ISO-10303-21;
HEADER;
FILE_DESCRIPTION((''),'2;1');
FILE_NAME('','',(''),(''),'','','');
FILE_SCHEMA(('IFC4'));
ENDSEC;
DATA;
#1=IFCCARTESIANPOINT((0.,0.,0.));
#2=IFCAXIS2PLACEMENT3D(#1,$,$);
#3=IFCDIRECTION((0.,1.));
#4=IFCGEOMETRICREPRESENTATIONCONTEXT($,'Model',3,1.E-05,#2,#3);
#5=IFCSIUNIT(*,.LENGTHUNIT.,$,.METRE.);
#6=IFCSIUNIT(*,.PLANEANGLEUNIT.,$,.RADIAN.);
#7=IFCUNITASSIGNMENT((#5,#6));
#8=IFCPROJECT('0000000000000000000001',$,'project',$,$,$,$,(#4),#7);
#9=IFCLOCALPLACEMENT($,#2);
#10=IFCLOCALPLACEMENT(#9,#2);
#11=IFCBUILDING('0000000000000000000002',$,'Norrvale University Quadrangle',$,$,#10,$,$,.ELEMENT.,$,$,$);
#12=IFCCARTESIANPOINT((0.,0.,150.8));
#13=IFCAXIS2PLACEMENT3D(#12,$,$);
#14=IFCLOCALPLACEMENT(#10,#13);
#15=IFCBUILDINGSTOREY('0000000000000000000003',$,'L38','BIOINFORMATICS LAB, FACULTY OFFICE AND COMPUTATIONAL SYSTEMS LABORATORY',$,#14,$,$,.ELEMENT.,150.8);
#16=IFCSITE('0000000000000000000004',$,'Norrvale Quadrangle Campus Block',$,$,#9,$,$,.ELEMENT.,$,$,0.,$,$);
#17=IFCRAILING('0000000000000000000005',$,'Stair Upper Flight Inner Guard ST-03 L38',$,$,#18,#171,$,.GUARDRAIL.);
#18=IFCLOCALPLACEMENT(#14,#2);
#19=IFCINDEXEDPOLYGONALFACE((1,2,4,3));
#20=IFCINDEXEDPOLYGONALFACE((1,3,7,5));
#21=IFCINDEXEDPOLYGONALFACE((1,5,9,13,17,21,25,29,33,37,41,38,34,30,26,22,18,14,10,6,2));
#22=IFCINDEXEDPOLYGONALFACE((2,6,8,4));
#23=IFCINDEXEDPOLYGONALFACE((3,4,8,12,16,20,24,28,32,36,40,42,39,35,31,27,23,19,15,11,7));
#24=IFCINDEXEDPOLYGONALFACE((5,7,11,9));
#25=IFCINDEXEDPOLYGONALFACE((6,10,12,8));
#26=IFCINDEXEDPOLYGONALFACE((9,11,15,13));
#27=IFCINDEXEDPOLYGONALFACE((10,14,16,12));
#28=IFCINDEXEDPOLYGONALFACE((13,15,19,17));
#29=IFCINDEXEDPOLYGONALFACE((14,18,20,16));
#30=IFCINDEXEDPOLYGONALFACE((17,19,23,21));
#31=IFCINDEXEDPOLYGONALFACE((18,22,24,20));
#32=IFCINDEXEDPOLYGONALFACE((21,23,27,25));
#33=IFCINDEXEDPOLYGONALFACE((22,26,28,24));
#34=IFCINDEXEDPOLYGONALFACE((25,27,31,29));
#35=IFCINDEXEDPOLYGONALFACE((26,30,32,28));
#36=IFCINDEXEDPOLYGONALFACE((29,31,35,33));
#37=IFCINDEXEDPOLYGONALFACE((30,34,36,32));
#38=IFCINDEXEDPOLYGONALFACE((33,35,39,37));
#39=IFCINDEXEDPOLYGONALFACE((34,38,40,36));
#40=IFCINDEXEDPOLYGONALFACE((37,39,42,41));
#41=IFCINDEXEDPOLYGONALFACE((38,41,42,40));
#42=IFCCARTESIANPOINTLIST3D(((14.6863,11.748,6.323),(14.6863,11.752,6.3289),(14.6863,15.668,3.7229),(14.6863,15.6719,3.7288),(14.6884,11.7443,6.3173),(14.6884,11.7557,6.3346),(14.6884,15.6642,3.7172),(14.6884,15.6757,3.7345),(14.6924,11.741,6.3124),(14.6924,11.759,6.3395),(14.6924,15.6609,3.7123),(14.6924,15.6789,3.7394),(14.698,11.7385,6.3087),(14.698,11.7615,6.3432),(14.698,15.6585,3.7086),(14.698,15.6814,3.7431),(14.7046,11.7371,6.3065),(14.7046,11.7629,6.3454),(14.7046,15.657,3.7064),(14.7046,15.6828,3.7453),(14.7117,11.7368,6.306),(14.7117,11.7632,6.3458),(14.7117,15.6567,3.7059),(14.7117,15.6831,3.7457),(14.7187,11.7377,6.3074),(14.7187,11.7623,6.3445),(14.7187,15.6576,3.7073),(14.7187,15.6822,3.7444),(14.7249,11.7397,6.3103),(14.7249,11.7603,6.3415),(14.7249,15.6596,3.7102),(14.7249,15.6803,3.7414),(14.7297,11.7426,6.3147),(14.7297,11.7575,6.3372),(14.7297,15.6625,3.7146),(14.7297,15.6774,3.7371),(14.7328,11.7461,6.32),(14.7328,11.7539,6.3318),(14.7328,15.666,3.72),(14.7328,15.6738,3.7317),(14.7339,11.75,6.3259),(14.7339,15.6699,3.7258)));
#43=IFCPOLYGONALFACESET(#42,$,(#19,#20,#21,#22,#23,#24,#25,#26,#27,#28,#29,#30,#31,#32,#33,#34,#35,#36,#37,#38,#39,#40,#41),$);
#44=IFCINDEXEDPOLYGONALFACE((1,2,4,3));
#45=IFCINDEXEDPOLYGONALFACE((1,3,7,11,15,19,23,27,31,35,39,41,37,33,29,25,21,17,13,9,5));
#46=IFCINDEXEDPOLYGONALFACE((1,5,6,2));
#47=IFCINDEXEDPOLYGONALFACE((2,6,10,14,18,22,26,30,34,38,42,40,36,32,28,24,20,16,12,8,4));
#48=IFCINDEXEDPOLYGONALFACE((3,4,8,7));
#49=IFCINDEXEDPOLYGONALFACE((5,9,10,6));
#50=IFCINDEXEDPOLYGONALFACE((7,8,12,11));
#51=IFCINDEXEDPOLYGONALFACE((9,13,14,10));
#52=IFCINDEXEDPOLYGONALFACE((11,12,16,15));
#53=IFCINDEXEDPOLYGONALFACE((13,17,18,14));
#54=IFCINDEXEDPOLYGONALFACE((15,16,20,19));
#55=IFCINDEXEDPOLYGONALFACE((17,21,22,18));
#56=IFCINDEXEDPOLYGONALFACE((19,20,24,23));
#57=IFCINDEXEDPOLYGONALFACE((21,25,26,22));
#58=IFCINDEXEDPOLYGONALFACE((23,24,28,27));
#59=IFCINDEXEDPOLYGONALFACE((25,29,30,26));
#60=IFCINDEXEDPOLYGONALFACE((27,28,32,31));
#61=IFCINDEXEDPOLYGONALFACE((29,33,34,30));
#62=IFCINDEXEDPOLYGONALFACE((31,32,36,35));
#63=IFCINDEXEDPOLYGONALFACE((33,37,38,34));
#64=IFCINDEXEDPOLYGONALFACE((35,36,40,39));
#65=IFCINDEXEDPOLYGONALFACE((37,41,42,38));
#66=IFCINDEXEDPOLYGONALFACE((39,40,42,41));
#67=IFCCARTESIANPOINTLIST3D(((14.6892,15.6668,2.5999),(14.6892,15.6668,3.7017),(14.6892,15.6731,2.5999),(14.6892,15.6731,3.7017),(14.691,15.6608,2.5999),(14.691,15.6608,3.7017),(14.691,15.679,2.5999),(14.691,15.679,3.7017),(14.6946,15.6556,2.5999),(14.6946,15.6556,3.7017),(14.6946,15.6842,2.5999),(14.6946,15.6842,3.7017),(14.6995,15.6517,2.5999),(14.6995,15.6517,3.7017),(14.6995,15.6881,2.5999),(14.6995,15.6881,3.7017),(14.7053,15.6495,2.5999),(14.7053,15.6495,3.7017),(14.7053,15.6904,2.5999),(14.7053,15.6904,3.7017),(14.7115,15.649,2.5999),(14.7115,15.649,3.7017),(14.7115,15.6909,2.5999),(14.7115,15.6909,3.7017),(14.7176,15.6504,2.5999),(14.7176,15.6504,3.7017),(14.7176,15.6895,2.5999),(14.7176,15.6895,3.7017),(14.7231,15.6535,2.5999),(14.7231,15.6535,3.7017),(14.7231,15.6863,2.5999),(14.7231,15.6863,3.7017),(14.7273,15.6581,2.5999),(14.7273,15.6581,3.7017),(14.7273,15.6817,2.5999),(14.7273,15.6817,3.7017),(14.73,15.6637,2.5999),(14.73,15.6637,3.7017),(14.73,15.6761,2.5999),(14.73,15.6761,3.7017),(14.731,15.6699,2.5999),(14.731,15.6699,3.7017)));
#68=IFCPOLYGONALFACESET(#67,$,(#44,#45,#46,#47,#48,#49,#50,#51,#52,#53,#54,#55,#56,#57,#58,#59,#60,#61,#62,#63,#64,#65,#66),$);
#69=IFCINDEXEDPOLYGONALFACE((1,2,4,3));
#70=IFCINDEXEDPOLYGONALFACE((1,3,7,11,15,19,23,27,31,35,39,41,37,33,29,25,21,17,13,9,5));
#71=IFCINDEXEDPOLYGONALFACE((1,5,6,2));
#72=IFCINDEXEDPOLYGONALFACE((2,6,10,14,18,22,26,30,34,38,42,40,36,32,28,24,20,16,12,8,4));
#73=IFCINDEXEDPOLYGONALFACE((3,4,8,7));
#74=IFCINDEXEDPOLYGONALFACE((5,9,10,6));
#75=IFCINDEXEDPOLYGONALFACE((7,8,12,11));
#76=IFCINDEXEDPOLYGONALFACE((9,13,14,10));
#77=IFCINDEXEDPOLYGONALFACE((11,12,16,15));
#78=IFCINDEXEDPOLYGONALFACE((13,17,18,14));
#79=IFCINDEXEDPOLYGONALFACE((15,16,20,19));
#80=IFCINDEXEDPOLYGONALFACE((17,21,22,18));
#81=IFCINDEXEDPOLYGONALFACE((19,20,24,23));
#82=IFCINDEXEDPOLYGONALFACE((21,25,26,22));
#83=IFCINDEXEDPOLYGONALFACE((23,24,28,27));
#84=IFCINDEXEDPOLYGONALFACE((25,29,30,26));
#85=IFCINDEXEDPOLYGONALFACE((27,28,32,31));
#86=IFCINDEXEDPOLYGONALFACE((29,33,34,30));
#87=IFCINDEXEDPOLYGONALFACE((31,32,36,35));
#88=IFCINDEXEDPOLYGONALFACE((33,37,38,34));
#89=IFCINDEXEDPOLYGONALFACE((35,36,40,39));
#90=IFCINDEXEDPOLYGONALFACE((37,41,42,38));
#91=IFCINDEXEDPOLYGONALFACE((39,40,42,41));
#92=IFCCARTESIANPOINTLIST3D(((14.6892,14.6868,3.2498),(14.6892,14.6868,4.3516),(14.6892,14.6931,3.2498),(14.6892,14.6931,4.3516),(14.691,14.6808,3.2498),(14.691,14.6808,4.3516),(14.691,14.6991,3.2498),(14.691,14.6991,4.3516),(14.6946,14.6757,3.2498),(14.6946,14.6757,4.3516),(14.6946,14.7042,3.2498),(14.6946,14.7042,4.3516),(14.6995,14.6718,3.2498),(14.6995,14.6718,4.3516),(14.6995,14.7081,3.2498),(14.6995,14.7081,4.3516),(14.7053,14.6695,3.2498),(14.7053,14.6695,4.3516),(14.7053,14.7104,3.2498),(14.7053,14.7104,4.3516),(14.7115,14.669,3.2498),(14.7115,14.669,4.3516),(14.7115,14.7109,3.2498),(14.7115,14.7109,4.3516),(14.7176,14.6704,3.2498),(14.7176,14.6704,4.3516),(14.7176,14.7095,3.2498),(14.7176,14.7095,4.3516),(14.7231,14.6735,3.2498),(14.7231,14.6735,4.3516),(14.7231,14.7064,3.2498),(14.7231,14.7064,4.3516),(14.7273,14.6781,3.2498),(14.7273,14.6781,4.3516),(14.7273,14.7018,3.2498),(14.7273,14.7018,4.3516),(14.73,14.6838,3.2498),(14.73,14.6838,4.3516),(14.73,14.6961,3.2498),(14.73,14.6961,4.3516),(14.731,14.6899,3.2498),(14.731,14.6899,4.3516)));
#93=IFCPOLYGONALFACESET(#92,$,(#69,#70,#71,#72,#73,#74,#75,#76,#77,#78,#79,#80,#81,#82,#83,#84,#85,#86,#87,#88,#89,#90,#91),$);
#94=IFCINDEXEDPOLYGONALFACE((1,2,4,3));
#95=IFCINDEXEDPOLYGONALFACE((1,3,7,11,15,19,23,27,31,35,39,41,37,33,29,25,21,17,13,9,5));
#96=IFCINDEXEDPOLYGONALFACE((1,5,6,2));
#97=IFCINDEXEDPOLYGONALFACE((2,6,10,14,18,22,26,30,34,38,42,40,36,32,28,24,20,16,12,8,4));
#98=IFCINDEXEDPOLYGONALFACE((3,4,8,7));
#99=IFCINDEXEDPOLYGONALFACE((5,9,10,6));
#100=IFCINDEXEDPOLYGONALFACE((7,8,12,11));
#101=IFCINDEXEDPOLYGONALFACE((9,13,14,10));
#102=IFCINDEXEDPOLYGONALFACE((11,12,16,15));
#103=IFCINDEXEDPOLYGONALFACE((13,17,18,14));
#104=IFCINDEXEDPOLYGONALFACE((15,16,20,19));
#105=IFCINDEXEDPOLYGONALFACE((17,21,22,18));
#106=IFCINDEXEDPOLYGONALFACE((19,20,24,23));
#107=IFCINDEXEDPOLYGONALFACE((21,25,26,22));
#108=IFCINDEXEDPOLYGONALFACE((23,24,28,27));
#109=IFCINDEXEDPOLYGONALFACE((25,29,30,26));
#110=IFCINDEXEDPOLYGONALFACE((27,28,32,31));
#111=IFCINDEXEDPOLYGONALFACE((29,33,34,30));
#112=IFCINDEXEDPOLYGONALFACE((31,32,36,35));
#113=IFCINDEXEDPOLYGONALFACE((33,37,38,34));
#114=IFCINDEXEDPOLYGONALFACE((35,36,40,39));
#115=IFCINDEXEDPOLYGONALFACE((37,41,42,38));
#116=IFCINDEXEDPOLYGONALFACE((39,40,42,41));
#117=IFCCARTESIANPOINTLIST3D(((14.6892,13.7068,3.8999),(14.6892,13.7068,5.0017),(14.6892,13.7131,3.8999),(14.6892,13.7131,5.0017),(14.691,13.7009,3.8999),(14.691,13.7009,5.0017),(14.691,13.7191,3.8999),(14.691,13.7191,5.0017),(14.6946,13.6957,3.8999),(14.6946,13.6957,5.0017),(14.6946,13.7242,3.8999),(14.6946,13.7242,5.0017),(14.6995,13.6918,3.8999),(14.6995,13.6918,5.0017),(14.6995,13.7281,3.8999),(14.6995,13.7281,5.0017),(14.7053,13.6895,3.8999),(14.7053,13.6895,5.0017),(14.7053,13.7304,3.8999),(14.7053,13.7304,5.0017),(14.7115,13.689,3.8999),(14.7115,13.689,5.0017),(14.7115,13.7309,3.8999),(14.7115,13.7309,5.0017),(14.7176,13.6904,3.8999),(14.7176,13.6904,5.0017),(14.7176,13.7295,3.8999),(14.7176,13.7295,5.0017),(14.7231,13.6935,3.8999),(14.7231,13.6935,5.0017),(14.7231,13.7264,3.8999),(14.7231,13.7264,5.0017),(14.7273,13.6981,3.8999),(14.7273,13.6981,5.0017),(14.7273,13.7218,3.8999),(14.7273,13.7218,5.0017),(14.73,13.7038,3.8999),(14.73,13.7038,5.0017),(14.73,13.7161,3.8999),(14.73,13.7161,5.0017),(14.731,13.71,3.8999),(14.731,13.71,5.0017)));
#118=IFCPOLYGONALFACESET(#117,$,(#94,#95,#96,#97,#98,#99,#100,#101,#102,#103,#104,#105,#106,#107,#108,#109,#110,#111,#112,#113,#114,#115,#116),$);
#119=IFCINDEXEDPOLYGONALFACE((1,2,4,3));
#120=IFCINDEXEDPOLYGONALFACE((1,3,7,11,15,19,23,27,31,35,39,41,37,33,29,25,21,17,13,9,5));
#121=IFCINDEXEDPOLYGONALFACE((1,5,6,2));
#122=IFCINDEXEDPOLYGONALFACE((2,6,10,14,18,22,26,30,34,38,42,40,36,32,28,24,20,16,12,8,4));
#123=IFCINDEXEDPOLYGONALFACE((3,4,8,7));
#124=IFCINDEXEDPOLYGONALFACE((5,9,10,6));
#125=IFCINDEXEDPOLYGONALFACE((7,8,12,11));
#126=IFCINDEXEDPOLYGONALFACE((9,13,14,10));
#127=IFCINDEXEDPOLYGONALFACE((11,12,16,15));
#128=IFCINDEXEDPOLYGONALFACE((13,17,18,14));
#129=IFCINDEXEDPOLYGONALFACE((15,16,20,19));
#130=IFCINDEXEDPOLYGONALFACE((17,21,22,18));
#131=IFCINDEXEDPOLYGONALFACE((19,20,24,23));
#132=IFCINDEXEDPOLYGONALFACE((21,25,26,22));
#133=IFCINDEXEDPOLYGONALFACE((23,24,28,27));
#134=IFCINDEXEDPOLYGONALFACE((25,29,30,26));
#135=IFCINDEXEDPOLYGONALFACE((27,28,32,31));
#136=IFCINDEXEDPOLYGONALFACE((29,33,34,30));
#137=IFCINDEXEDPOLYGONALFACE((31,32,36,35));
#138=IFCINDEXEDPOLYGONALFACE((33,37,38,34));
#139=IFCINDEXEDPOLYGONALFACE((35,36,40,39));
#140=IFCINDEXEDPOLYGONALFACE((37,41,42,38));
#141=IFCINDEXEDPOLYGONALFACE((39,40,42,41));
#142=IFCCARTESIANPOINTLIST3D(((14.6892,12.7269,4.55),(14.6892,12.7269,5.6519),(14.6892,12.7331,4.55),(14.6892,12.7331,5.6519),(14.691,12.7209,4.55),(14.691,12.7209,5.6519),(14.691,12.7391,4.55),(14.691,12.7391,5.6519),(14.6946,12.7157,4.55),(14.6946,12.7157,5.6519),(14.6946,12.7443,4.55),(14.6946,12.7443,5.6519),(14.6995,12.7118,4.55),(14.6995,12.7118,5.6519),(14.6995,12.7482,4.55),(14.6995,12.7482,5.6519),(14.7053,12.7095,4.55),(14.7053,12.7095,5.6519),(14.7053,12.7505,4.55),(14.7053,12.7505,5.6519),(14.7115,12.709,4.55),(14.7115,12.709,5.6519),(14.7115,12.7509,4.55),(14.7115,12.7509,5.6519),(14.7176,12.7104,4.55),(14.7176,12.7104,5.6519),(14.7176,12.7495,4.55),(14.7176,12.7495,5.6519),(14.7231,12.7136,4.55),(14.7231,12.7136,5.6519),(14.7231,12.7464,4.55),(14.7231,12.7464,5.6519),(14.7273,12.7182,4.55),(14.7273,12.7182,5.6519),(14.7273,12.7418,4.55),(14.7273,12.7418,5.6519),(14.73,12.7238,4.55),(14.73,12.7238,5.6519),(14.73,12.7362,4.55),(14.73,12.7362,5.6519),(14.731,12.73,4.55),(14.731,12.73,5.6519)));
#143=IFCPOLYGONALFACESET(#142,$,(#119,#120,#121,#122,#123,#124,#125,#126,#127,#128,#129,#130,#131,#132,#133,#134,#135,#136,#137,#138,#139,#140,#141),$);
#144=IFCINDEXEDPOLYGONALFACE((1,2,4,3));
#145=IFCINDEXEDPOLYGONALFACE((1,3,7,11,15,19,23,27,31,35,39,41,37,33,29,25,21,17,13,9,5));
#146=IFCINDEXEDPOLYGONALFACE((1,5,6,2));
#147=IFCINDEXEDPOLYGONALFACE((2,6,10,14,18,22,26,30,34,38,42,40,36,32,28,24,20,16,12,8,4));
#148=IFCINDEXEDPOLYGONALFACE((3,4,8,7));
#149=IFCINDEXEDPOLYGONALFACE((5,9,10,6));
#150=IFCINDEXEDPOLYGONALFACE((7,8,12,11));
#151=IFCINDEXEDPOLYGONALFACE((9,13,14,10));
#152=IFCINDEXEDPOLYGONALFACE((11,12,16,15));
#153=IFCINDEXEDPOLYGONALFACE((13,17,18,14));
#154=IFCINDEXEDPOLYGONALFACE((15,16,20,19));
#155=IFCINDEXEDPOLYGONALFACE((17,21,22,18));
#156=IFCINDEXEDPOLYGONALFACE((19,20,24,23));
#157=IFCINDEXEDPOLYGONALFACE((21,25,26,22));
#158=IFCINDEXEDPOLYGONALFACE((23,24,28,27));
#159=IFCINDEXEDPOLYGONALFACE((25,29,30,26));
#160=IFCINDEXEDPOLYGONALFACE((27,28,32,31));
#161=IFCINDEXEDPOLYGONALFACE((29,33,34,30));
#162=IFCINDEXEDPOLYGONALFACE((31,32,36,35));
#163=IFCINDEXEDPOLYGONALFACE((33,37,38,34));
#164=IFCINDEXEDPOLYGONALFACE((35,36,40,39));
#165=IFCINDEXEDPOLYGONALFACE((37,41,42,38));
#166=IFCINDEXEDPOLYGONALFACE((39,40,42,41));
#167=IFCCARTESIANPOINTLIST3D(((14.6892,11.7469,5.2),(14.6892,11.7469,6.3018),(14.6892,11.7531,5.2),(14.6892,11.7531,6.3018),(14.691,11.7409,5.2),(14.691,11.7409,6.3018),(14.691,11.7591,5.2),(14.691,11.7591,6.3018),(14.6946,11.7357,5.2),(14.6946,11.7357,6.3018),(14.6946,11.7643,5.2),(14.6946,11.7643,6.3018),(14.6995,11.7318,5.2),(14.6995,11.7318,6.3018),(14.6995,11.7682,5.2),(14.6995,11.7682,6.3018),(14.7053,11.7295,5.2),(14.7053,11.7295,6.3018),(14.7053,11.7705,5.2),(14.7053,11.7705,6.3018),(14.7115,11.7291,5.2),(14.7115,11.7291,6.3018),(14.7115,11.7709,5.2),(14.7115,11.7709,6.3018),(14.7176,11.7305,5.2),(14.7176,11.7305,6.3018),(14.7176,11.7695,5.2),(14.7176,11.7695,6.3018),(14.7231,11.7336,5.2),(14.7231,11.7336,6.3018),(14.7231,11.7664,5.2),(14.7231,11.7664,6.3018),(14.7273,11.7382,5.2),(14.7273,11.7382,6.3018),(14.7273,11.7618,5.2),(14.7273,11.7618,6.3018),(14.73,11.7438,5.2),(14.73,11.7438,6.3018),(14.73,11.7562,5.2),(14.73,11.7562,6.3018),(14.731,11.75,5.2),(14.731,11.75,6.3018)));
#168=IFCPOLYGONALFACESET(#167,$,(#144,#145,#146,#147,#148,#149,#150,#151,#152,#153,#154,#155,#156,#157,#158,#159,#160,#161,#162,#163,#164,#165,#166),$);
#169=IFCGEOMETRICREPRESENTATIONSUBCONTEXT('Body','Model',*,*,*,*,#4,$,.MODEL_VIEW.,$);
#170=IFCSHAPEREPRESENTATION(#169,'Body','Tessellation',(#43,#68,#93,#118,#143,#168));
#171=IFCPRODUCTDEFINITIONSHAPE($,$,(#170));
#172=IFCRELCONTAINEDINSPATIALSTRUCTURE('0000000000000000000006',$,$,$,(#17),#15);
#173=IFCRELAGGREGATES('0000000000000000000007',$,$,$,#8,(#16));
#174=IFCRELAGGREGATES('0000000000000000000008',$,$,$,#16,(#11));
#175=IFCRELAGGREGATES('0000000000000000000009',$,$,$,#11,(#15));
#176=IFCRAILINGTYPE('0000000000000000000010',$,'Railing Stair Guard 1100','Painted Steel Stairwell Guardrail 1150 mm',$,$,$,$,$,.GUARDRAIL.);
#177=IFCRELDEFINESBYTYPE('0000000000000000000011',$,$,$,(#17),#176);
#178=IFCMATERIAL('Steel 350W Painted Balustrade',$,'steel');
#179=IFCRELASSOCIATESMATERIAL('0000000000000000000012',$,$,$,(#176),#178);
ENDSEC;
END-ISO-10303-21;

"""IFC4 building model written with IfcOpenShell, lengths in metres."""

from ifc_helpers import new_model, si_unit, direction, frame, origin, origin_2d, place, context, subcontext, project, spatial, circle, extrude, material, type_object, element, save


model = new_model("IFC4")

# Units and contexts
model_context = context("Model", 3, precision=1e-05, world=origin(), true_north=direction((0.0, 1.0)))
body_context = subcontext(model_context, "Body", "Model", "MODEL_VIEW")
ifc_project = project(units=[si_unit("LENGTHUNIT", "METRE"), si_unit("PLANEANGLEUNIT", "RADIAN")], contexts=[model_context])

# Site, building, storey
site_placement = place(None, origin())
site = spatial("IfcSite", under=ifc_project, at=site_placement, Name="Norrvale Quadrangle Campus Block", CompositionType="ELEMENT", RefElevation=0.0)
building_placement = place(site_placement, origin())
building = spatial("IfcBuilding", under=site, at=building_placement, Name="Norrvale University Quadrangle", CompositionType="ELEMENT")
storey_placement = place(building_placement, frame((0.0, 0.0, 150.8)))
storey = spatial("IfcBuildingStorey", under=building, at=storey_placement, Name="L38", Description="BIOINFORMATICS LAB, FACULTY OFFICE AND COMPUTATIONAL SYSTEMS LABORATORY", CompositionType="ELEMENT", Elevation=150.8)

# Railing
ifc_material_1 = material(Name="Steel 350W Painted Balustrade", Category="steel")
railing_type_1 = type_object("IfcRailingType", Name="Railing Stair Guard 1100", Description="Painted Steel Stairwell Guardrail 1150 mm", PredefinedType="GUARDRAIL", material=ifc_material_1)
railing_1_placement = place(storey_placement, frame((14.71, 15.6699, 2.5999)))
element("IfcRailing", 1, at=railing_1_placement, inside=storey, type_object=railing_type_1, Name="Stair Upper Flight Inner Guard ST-03 L38", PredefinedType="GUARDRAIL", context=body_context, shape_type="SweptSolid", body=[
    extrude(circle(Radius=0.0239, at=origin_2d()), frame((0.0, 0.0, 1.126), z_axis=(0.0, -0.833342, 0.552758), x_axis=(1.0, 0.0, 0.0)), (0.0, 0.0, 1.0), 4.7039),
    extrude(circle(Radius=0.021, at=origin_2d()), origin(), (0.0, 0.0, 1.0), 1.1018),
    extrude(circle(Radius=0.021, at=origin_2d()), frame((0.0, -0.98, 0.6499)), (0.0, 0.0, 1.0), 1.1018),
    extrude(circle(Radius=0.021, at=origin_2d()), frame((0.0, -1.96, 1.3)), (0.0, 0.0, 1.0), 1.1018),
    extrude(circle(Radius=0.021, at=origin_2d()), frame((0.0, -2.9399, 1.9502)), (0.0, 0.0, 1.0), 1.1018),
    extrude(circle(Radius=0.021, at=origin_2d()), frame((0.0, -3.9199, 2.6001)), (0.0, 0.0, 1.0), 1.1018),
])

save(model, "model.ifc")
